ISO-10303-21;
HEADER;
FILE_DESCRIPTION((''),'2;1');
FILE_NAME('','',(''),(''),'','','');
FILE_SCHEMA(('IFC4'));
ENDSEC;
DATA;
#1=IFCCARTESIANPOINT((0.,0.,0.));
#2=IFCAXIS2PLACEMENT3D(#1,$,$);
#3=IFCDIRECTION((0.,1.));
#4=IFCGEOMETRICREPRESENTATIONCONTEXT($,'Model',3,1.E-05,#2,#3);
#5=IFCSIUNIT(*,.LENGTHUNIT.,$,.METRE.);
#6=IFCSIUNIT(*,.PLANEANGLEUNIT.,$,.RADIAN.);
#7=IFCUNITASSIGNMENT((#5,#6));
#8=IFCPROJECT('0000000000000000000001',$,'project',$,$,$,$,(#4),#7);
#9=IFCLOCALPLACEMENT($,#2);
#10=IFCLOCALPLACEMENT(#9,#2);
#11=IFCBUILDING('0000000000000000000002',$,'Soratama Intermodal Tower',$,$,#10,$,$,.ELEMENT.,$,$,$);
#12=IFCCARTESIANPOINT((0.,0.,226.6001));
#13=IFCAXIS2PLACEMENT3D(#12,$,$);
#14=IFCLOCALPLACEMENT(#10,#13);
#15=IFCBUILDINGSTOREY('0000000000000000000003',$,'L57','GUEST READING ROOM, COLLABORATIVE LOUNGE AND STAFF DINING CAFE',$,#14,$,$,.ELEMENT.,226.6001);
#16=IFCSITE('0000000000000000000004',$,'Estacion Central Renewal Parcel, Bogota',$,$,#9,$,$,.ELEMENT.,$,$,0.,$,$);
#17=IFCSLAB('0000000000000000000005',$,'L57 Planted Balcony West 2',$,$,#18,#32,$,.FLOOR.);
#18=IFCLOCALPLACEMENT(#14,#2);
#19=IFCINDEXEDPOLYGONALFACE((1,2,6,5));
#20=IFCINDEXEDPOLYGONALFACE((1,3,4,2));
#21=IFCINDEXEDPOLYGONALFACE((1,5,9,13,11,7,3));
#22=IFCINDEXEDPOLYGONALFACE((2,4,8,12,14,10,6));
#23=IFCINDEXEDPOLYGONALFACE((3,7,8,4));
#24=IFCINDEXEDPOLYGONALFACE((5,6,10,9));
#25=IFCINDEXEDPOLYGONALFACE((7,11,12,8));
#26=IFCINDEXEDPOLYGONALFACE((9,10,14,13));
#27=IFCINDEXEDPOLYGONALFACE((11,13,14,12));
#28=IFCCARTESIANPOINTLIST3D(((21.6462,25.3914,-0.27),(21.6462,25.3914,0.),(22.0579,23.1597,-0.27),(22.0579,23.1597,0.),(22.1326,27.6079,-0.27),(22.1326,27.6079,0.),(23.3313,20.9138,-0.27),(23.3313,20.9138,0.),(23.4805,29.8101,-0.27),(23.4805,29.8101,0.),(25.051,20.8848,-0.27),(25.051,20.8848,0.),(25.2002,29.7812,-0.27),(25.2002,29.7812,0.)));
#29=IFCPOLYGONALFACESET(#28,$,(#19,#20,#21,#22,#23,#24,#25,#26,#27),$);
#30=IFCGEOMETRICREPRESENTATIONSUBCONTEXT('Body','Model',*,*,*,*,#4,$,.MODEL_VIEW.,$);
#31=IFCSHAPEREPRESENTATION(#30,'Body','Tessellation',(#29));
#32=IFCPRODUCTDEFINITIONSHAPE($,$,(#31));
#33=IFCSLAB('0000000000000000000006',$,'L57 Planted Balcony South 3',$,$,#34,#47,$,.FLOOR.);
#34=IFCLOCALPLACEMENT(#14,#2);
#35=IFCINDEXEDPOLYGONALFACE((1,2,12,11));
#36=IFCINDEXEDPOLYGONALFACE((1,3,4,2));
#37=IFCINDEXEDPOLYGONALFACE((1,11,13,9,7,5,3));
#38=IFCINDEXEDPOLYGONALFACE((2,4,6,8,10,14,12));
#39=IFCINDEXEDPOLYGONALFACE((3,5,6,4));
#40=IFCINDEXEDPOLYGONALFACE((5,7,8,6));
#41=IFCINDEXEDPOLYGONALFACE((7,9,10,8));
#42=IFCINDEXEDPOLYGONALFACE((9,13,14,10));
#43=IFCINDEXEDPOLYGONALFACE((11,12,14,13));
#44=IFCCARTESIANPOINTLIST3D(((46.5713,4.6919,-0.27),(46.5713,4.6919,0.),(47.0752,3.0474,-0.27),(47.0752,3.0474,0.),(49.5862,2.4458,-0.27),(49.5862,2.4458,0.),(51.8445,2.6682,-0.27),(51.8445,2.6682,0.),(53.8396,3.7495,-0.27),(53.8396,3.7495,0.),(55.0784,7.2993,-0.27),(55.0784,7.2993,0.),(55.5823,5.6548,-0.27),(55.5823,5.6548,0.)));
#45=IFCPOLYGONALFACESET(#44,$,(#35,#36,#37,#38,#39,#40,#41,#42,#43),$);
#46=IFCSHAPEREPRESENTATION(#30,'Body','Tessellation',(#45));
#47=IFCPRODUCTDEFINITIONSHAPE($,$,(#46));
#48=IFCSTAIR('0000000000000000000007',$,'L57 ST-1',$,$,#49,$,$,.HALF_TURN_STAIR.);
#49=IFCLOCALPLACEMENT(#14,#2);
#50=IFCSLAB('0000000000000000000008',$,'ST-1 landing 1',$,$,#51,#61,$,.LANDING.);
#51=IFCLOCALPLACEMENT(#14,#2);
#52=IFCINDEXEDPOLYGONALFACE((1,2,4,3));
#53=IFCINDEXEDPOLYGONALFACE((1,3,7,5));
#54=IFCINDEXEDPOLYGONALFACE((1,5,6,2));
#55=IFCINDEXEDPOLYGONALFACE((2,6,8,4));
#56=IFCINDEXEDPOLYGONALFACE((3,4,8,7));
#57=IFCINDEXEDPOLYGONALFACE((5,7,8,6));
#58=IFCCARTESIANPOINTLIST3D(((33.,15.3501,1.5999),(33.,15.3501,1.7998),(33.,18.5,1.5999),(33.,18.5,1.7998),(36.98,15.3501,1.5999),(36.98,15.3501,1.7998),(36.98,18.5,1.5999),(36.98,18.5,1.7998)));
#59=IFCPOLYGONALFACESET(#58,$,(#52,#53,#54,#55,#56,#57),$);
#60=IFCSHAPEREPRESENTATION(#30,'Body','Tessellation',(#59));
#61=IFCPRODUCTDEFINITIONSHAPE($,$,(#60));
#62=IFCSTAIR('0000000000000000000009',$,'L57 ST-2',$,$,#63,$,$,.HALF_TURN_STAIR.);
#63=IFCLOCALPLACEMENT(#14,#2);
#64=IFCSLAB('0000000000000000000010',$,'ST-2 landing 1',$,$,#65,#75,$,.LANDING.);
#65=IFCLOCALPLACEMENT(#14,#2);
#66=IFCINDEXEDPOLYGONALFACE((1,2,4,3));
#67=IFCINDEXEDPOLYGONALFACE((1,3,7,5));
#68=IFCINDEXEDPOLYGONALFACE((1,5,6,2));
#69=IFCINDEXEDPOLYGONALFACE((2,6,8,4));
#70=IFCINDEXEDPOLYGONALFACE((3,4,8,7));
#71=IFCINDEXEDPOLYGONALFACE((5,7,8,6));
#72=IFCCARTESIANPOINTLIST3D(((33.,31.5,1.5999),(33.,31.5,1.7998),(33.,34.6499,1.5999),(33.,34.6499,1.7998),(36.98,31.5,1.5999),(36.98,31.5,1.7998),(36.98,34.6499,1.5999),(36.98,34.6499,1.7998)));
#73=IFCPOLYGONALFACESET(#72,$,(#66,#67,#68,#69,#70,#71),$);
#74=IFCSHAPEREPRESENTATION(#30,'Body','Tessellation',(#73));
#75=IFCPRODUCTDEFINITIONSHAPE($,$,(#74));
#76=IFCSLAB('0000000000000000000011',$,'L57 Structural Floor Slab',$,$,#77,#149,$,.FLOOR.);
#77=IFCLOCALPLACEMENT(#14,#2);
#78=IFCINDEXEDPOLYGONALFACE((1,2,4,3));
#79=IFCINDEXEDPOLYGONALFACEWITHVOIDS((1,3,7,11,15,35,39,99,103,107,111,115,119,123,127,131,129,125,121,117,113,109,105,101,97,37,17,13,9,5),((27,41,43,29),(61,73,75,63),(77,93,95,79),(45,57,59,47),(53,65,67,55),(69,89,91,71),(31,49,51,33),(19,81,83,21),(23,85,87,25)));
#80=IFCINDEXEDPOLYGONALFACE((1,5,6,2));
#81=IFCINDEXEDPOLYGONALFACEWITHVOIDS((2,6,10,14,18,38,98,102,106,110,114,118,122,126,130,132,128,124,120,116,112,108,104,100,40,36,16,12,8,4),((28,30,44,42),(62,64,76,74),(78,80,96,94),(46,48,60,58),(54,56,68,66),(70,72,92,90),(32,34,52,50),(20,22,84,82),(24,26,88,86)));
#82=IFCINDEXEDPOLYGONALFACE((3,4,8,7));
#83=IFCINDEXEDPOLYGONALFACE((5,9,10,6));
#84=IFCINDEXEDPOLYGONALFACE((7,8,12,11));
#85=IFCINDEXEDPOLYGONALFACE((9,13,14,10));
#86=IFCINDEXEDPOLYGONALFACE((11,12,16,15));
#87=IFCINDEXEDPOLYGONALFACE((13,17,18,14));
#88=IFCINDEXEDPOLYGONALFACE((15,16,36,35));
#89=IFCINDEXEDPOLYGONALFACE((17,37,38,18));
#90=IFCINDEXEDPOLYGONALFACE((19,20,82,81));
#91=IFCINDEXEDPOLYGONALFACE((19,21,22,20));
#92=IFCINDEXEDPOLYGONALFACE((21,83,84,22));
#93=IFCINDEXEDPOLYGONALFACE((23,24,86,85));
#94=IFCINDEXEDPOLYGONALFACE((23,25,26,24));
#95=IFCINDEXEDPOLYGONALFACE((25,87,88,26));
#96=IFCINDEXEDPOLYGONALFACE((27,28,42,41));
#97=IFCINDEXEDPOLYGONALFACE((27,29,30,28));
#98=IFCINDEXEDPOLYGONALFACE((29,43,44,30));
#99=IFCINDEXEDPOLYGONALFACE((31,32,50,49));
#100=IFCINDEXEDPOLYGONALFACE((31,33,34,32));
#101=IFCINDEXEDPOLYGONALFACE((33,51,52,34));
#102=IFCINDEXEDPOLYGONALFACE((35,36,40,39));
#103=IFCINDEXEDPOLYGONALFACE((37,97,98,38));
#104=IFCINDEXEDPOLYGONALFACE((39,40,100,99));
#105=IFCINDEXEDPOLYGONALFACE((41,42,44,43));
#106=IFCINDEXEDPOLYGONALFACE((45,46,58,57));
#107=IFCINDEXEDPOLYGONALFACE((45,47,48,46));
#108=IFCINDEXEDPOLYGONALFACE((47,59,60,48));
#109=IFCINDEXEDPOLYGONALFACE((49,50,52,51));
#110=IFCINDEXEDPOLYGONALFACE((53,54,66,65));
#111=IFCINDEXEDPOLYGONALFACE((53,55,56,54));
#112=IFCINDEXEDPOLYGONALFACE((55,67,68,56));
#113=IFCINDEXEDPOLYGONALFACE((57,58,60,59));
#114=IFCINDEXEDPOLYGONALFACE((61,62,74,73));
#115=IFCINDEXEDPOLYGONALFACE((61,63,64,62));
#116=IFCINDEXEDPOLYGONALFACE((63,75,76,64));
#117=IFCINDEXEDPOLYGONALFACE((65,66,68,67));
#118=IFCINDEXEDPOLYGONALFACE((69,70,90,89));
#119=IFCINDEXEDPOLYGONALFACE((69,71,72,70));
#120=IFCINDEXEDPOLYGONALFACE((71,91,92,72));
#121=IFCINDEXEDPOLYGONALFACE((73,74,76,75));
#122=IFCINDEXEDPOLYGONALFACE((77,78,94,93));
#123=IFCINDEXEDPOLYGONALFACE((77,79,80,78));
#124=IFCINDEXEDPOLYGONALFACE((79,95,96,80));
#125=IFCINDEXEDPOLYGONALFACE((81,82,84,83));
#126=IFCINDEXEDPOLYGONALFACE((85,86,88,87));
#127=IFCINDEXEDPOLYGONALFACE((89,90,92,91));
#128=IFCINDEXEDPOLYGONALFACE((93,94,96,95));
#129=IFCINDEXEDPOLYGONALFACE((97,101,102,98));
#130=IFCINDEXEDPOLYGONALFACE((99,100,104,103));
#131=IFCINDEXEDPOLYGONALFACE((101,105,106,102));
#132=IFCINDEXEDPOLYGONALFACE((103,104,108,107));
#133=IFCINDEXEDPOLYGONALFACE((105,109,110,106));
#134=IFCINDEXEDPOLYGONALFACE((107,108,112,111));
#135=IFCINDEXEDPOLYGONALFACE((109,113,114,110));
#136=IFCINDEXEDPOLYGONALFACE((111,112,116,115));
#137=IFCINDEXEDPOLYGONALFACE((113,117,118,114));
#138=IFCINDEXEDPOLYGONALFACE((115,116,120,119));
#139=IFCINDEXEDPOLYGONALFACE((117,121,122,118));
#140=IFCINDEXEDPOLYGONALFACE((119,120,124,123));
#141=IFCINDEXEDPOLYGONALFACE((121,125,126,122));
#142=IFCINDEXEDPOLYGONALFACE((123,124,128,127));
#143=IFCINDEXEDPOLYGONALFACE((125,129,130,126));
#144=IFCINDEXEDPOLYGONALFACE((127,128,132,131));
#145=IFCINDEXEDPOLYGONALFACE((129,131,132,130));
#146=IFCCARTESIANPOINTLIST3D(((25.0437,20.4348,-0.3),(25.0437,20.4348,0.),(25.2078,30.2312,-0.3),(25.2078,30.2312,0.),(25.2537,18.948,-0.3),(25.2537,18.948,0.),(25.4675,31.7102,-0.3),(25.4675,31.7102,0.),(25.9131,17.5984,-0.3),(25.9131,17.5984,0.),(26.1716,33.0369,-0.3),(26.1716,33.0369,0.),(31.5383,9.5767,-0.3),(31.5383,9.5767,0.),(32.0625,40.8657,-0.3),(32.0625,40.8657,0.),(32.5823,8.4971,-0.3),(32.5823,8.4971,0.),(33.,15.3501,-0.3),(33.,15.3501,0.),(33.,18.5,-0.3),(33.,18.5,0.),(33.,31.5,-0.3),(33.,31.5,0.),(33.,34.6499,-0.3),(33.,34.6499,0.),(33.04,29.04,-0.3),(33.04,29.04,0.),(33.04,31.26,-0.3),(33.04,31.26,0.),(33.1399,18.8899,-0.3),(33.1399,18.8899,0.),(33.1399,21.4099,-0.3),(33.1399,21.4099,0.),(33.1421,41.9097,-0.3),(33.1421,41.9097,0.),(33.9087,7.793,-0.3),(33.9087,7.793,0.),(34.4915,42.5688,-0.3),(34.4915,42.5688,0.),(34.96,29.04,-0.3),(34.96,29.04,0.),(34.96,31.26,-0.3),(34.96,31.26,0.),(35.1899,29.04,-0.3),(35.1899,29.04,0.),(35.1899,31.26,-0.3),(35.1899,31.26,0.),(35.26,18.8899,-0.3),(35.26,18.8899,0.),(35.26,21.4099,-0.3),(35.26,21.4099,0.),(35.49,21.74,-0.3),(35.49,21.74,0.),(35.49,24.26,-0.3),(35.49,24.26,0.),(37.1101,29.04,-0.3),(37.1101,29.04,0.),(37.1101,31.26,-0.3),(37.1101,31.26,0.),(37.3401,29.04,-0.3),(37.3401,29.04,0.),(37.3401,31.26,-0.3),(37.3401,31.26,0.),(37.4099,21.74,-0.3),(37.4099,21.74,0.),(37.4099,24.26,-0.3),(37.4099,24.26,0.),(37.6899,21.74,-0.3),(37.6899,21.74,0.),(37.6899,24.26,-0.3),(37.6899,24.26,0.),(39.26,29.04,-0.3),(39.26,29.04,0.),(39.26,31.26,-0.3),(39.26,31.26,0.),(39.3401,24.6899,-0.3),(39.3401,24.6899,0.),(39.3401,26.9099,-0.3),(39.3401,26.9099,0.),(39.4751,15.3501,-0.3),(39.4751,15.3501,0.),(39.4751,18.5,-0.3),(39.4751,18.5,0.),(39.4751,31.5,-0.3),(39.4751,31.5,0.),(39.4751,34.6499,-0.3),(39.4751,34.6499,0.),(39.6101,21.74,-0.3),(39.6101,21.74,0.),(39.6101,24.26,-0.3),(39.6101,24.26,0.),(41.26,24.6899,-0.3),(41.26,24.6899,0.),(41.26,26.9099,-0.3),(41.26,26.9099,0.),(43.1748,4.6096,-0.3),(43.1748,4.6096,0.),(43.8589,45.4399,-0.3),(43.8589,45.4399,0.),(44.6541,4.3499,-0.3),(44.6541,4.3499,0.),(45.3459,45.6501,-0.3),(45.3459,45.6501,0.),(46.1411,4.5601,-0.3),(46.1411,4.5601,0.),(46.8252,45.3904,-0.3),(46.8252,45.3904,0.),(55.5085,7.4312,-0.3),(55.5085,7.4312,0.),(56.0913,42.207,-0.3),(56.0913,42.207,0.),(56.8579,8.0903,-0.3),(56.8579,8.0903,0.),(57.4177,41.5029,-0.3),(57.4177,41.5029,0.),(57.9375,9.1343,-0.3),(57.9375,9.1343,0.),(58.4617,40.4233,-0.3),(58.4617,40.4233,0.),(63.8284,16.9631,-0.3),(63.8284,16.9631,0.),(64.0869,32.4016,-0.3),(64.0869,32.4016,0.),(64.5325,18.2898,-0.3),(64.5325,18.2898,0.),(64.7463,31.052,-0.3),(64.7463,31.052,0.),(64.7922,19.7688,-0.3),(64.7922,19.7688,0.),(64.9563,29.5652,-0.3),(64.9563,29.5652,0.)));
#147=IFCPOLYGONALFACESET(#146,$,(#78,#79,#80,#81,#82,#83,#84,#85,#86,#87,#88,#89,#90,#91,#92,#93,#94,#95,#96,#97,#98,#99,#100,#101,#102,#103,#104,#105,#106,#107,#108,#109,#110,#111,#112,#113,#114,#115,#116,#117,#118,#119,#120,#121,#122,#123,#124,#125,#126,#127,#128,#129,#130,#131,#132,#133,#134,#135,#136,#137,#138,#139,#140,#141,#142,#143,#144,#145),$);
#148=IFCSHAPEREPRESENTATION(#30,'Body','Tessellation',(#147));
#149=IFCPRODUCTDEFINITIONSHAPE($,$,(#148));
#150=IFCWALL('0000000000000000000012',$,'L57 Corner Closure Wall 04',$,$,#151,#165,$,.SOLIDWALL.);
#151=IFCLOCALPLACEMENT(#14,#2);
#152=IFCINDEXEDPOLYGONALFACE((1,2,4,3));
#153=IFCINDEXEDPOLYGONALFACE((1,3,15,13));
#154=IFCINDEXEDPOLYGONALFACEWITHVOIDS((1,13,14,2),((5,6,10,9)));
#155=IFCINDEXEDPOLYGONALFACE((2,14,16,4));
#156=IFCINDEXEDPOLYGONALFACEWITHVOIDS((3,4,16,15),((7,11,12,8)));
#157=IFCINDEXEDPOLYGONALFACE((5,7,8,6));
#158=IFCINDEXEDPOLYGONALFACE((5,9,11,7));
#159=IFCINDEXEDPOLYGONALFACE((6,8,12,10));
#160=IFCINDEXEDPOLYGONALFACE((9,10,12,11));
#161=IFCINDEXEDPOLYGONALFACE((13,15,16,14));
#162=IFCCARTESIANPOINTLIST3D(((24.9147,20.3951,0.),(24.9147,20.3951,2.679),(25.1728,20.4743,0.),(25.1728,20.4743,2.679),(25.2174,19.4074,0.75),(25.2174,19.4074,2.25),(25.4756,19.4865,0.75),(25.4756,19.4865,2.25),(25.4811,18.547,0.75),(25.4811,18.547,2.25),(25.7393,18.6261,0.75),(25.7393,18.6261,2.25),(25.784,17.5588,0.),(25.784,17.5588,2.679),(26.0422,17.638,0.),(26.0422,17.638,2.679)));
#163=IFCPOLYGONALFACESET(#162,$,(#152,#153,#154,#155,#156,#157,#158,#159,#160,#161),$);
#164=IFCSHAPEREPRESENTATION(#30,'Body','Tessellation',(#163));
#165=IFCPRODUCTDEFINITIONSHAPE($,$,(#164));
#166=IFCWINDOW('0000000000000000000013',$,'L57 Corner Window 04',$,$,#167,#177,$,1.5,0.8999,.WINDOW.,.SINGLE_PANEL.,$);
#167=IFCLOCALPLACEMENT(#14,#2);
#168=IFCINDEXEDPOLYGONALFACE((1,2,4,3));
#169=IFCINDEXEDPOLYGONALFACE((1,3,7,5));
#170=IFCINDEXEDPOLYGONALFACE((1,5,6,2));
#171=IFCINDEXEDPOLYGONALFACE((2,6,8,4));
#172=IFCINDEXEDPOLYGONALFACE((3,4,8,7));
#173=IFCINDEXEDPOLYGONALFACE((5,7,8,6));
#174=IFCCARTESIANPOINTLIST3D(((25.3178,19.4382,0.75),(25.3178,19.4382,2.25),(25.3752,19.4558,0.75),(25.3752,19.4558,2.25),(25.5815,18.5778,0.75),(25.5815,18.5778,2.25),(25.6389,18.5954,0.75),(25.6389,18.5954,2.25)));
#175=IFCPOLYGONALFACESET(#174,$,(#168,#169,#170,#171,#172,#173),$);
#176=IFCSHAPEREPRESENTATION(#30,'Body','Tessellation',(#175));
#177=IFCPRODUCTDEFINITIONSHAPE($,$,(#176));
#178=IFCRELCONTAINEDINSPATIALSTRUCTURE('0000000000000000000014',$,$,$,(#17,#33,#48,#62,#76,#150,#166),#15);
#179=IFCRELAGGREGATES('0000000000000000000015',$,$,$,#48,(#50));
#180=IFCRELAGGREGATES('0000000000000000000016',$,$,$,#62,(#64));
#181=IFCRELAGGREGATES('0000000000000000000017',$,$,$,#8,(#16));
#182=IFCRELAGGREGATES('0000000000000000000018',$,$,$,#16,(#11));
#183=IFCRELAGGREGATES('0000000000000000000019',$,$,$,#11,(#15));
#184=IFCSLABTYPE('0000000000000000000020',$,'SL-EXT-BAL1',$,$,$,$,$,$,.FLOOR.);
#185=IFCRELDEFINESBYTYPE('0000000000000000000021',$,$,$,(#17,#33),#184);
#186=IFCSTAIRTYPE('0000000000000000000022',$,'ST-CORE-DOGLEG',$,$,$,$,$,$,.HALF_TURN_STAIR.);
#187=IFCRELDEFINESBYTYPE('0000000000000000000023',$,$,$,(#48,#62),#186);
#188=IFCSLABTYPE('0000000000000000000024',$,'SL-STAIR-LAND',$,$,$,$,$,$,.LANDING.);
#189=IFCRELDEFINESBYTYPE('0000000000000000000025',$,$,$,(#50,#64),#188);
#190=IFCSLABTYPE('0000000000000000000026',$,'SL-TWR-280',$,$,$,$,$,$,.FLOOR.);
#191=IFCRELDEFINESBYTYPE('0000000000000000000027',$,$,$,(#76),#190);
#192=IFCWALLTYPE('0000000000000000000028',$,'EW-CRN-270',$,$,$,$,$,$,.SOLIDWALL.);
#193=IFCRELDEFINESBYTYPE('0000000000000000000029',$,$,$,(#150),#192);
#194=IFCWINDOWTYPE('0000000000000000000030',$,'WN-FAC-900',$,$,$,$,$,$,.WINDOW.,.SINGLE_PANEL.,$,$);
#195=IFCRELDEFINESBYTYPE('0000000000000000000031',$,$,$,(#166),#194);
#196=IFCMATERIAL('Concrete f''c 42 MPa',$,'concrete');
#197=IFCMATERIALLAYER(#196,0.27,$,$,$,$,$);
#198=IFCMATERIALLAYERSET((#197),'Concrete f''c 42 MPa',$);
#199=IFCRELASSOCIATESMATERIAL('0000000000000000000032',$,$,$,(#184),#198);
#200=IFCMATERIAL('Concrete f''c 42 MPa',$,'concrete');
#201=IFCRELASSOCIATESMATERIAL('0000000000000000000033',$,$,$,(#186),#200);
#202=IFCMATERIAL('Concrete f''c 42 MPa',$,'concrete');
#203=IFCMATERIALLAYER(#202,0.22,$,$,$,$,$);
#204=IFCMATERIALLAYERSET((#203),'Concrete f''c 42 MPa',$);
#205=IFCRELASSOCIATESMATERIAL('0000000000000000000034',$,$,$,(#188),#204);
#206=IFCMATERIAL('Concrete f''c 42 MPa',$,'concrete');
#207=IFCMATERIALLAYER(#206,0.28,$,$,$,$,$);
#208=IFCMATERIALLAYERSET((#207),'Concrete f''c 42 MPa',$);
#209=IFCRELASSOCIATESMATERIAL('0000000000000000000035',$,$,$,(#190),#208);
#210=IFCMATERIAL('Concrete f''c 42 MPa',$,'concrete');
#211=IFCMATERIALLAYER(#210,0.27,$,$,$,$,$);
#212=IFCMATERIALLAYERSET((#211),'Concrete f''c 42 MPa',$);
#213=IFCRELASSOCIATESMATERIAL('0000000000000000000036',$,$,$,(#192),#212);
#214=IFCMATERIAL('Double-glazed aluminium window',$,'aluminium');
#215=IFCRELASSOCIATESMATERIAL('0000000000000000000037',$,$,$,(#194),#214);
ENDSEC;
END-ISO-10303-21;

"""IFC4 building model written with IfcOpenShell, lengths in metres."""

from ifc_helpers import new_model, si_unit, direction, frame, frame_2d, origin, place, context, subcontext, project, spatial, polyline, rectangle, outline, extrude, material, layer, layer_set, type_object, element, fill, aggregate, save


model = new_model("IFC4")

# Units and contexts
model_context = context("Model", 3, precision=1e-05, world=origin(), true_north=direction((0.0, 1.0)))
body_context = subcontext(model_context, "Body", "Model", "MODEL_VIEW")
ifc_project = project(units=[si_unit("LENGTHUNIT", "METRE"), si_unit("PLANEANGLEUNIT", "RADIAN")], contexts=[model_context])

# Site, building, storey
site_placement = place(None, origin())
site = spatial("IfcSite", under=ifc_project, at=site_placement, Name="Estacion Central Renewal Parcel, Bogota", CompositionType="ELEMENT", RefElevation=0.0)
building_placement = place(site_placement, origin())
building = spatial("IfcBuilding", under=site, at=building_placement, Name="Soratama Intermodal Tower", CompositionType="ELEMENT")
storey_placement = place(building_placement, frame((0.0, 0.0, 226.6001)))
storey = spatial("IfcBuildingStorey", under=building, at=storey_placement, Name="L57", Description="GUEST READING ROOM, COLLABORATIVE LOUNGE AND STAFF DINING CAFE", CompositionType="ELEMENT", Elevation=226.6001)

# Slabs
ifc_material_1 = material(Name="Concrete f'c 42 MPa", Category="concrete")
ifc_layer_1 = layer(ifc_material_1, 0.27)
ifc_layer_set_1 = layer_set([ifc_layer_1], Name="Concrete f'c 42 MPa")
slab_type_1 = type_object("IfcSlabType", Name="SL-EXT-BAL1", PredefinedType="FLOOR", material=ifc_layer_set_1)
slab_1_placement = place(storey_placement, frame((0.0, 0.0, -0.27)))
element("IfcSlab", 1, at=slab_1_placement, inside=storey, type_object=slab_type_1, Name="L57 Planted Balcony West 2", PredefinedType="FLOOR", context=body_context, shape_type="SweptSolid", body=[
    extrude(outline(polyline([(25.2002, 29.7812), (25.051, 20.8848), (23.3313, 20.9138), (22.0579, 23.1597), (21.6462, 25.3914), (22.1326, 27.6079), (23.4805, 29.8101), (25.2002, 29.7812)])), origin(), (0.0, 0.0, 1.0), 0.27),
])
slab_2_placement = place(storey_placement, frame((0.0, 0.0, -0.27)))
element("IfcSlab", 2, at=slab_2_placement, inside=storey, type_object=slab_type_1, Name="L57 Planted Balcony South 3", PredefinedType="FLOOR", context=body_context, shape_type="SweptSolid", body=[
    extrude(outline(polyline([(46.5713, 4.6919), (55.0784, 7.2993), (55.5823, 5.6548), (53.8396, 3.7495), (51.8445, 2.6682), (49.5862, 2.4458), (47.0752, 3.0474), (46.5713, 4.6919)])), origin(), (0.0, 0.0, 1.0), 0.27),
])

# Stairs, slabs
ifc_material_2 = material(Name="Concrete f'c 42 MPa", Category="concrete")
stair_type = type_object("IfcStairType", Name="ST-CORE-DOGLEG", PredefinedType="HALF_TURN_STAIR", material=ifc_material_2)
stair_1_placement = place(storey_placement, origin())
stair_1 = element("IfcStair", 3, at=stair_1_placement, inside=storey, type_object=stair_type, Name="L57 ST-1", PredefinedType="HALF_TURN_STAIR")
ifc_material_3 = material(Name="Concrete f'c 42 MPa", Category="concrete")
ifc_layer_2 = layer(ifc_material_3, 0.22)
ifc_layer_set_2 = layer_set([ifc_layer_2], Name="Concrete f'c 42 MPa")
slab_type_2 = type_object("IfcSlabType", Name="SL-STAIR-LAND", PredefinedType="LANDING", material=ifc_layer_set_2)
slab_3_placement = place(storey_placement, frame((0.0, 0.0, 1.5999)))
slab_3 = element("IfcSlab", 4, at=slab_3_placement, type_object=slab_type_2, Name="ST-1 landing 1", PredefinedType="LANDING", context=body_context, shape_type="SweptSolid", body=[
    extrude(outline(polyline([(36.98, 18.5), (33.0, 18.5), (33.0, 15.3501), (36.98, 15.3501), (36.98, 18.5)])), origin(), (0.0, 0.0, 1.0), 0.2),
])
aggregate(stair_1, [slab_3])
stair_2_placement = place(storey_placement, origin())
stair_2 = element("IfcStair", 5, at=stair_2_placement, inside=storey, type_object=stair_type, Name="L57 ST-2", PredefinedType="HALF_TURN_STAIR")
slab_4_placement = place(storey_placement, frame((0.0, 0.0, 1.5999)))
slab_4 = element("IfcSlab", 6, at=slab_4_placement, type_object=slab_type_2, Name="ST-2 landing 1", PredefinedType="LANDING", context=body_context, shape_type="SweptSolid", body=[
    extrude(outline(polyline([(36.98, 34.6499), (33.0, 34.6499), (33.0, 31.5), (36.98, 31.5), (36.98, 34.6499)])), origin(), (0.0, 0.0, 1.0), 0.2),
])
aggregate(stair_2, [slab_4])

# Slab
ifc_material_4 = material(Name="Concrete f'c 42 MPa", Category="concrete")
ifc_layer_3 = layer(ifc_material_4, 0.28)
ifc_layer_set_3 = layer_set([ifc_layer_3], Name="Concrete f'c 42 MPa")
slab_type_3 = type_object("IfcSlabType", Name="SL-TWR-280", PredefinedType="FLOOR", material=ifc_layer_set_3)
slab_5_placement = place(storey_placement, frame((0.0, 0.0, -0.3)))
element("IfcSlab", 7, at=slab_5_placement, inside=storey, type_object=slab_type_3, Name="L57 Structural Floor Slab", PredefinedType="FLOOR", context=body_context, shape_type="SweptSolid", body=[
    extrude(outline(polyline([(58.4617, 40.4233), (57.4177, 41.5029), (56.0913, 42.207), (46.8252, 45.3904), (45.3459, 45.6501), (43.8589, 45.4399), (34.4915, 42.5688), (33.1421, 41.9097), (32.0625, 40.8657), (26.1716, 33.0369), (25.4675, 31.7102), (25.2078, 30.2312), (25.0437, 20.4348), (25.2537, 18.948), (25.9131, 17.5984), (31.5383, 9.5767), (32.5823, 8.4971), (33.9087, 7.793), (43.1748, 4.6096), (44.6541, 4.3499), (46.1411, 4.5601), (55.5085, 7.4312), (56.8579, 8.0903), (57.9375, 9.1343), (63.8284, 16.9631), (64.5325, 18.2898), (64.7922, 19.7688), (64.9563, 29.5652), (64.7463, 31.052), (64.0869, 32.4016), (58.4617, 40.4233)]), holes=[polyline([(33.0, 18.5), (33.0, 15.3501), (39.4751, 15.3501), (39.4751, 18.5), (33.0, 18.5)]), polyline([(35.26, 21.4099), (33.1399, 21.4099), (33.1399, 18.8899), (35.26, 18.8899), (35.26, 21.4099)]), polyline([(37.4099, 24.26), (35.49, 24.26), (35.49, 21.74), (37.4099, 21.74), (37.4099, 24.26)]), polyline([(39.6101, 24.26), (37.6899, 24.26), (37.6899, 21.74), (39.6101, 21.74), (39.6101, 24.26)]), polyline([(41.26, 26.9099), (39.3401, 26.9099), (39.3401, 24.6899), (41.26, 24.6899), (41.26, 26.9099)]), polyline([(34.96, 31.26), (33.04, 31.26), (33.04, 29.04), (34.96, 29.04), (34.96, 31.26)]), polyline([(37.1101, 31.26), (35.1899, 31.26), (35.1899, 29.04), (37.1101, 29.04), (37.1101, 31.26)]), polyline([(39.26, 29.04), (39.26, 31.26), (37.3401, 31.26), (37.3401, 29.04), (39.26, 29.04)]), polyline([(39.4751, 34.6499), (33.0, 34.6499), (33.0, 31.5), (39.4751, 31.5), (39.4751, 34.6499)])]), origin(), (0.0, 0.0, 1.0), 0.3),
])

# Wall, opening, window
ifc_material_5 = material(Name="Concrete f'c 42 MPa", Category="concrete")
ifc_layer_4 = layer(ifc_material_5, 0.27)
ifc_layer_set_4 = layer_set([ifc_layer_4], Name="Concrete f'c 42 MPa")
wall_type = type_object("IfcWallType", Name="EW-CRN-270", PredefinedType="SOLIDWALL", material=ifc_layer_set_4)
wall_placement = place(storey_placement, frame((25.0437, 20.4348, 0.0), z_axis=(0.0, 0.0, 1.0), x_axis=(0.293051, -0.956097, 0.0)))
wall = element("IfcWall", 8, at=wall_placement, inside=storey, type_object=wall_type, Name="L57 Corner Closure Wall 04", PredefinedType="SOLIDWALL", context=body_context, shape_type="SweptSolid", body=[
    extrude(rectangle(XDim=2.9666, YDim=0.27, at=frame_2d((1.4834, 0.0))), origin(), (0.0, 0.0, 1.0), 2.679),
])
opening_placement = place(wall_placement, frame((1.0332, 0.0, 0.75)))
opening = element("IfcOpeningElement", 9, at=opening_placement, cuts=wall, PredefinedType="OPENING", context=body_context, shape_type="SweptSolid", body=[
    extrude(rectangle(XDim=0.8999, YDim=1.5, at=frame_2d((0.45, 0.75))), frame((0.0, 0.145, 0.0), z_axis=(0.0, -1.0, 0.0), x_axis=(1.0, 0.0, 0.0)), (0.0, 0.0, 1.0), 0.29),
])
ifc_material_6 = material(Name="Double-glazed aluminium window", Category="aluminium")
window_type = type_object("IfcWindowType", Name="WN-FAC-900", PartitioningType="SINGLE_PANEL", PredefinedType="WINDOW", material=ifc_material_6)
window_placement = place(opening_placement, origin())
window = element("IfcWindow", 10, at=window_placement, inside=storey, type_object=window_type, Name="L57 Corner Window 04", OverallHeight=1.5, OverallWidth=0.8999, PartitioningType="SINGLE_PANEL", PredefinedType="WINDOW", context=body_context, shape_type="SweptSolid", body=[
    extrude(rectangle(XDim=0.8999, YDim=1.5, at=frame_2d((0.45, 0.75))), frame((0.0, 0.03, 0.0), z_axis=(0.0, -1.0, 0.0), x_axis=(1.0, 0.0, 0.0)), (0.0, 0.0, 1.0), 0.0601),
])
fill(opening, window)

save(model, "model.ifc")
